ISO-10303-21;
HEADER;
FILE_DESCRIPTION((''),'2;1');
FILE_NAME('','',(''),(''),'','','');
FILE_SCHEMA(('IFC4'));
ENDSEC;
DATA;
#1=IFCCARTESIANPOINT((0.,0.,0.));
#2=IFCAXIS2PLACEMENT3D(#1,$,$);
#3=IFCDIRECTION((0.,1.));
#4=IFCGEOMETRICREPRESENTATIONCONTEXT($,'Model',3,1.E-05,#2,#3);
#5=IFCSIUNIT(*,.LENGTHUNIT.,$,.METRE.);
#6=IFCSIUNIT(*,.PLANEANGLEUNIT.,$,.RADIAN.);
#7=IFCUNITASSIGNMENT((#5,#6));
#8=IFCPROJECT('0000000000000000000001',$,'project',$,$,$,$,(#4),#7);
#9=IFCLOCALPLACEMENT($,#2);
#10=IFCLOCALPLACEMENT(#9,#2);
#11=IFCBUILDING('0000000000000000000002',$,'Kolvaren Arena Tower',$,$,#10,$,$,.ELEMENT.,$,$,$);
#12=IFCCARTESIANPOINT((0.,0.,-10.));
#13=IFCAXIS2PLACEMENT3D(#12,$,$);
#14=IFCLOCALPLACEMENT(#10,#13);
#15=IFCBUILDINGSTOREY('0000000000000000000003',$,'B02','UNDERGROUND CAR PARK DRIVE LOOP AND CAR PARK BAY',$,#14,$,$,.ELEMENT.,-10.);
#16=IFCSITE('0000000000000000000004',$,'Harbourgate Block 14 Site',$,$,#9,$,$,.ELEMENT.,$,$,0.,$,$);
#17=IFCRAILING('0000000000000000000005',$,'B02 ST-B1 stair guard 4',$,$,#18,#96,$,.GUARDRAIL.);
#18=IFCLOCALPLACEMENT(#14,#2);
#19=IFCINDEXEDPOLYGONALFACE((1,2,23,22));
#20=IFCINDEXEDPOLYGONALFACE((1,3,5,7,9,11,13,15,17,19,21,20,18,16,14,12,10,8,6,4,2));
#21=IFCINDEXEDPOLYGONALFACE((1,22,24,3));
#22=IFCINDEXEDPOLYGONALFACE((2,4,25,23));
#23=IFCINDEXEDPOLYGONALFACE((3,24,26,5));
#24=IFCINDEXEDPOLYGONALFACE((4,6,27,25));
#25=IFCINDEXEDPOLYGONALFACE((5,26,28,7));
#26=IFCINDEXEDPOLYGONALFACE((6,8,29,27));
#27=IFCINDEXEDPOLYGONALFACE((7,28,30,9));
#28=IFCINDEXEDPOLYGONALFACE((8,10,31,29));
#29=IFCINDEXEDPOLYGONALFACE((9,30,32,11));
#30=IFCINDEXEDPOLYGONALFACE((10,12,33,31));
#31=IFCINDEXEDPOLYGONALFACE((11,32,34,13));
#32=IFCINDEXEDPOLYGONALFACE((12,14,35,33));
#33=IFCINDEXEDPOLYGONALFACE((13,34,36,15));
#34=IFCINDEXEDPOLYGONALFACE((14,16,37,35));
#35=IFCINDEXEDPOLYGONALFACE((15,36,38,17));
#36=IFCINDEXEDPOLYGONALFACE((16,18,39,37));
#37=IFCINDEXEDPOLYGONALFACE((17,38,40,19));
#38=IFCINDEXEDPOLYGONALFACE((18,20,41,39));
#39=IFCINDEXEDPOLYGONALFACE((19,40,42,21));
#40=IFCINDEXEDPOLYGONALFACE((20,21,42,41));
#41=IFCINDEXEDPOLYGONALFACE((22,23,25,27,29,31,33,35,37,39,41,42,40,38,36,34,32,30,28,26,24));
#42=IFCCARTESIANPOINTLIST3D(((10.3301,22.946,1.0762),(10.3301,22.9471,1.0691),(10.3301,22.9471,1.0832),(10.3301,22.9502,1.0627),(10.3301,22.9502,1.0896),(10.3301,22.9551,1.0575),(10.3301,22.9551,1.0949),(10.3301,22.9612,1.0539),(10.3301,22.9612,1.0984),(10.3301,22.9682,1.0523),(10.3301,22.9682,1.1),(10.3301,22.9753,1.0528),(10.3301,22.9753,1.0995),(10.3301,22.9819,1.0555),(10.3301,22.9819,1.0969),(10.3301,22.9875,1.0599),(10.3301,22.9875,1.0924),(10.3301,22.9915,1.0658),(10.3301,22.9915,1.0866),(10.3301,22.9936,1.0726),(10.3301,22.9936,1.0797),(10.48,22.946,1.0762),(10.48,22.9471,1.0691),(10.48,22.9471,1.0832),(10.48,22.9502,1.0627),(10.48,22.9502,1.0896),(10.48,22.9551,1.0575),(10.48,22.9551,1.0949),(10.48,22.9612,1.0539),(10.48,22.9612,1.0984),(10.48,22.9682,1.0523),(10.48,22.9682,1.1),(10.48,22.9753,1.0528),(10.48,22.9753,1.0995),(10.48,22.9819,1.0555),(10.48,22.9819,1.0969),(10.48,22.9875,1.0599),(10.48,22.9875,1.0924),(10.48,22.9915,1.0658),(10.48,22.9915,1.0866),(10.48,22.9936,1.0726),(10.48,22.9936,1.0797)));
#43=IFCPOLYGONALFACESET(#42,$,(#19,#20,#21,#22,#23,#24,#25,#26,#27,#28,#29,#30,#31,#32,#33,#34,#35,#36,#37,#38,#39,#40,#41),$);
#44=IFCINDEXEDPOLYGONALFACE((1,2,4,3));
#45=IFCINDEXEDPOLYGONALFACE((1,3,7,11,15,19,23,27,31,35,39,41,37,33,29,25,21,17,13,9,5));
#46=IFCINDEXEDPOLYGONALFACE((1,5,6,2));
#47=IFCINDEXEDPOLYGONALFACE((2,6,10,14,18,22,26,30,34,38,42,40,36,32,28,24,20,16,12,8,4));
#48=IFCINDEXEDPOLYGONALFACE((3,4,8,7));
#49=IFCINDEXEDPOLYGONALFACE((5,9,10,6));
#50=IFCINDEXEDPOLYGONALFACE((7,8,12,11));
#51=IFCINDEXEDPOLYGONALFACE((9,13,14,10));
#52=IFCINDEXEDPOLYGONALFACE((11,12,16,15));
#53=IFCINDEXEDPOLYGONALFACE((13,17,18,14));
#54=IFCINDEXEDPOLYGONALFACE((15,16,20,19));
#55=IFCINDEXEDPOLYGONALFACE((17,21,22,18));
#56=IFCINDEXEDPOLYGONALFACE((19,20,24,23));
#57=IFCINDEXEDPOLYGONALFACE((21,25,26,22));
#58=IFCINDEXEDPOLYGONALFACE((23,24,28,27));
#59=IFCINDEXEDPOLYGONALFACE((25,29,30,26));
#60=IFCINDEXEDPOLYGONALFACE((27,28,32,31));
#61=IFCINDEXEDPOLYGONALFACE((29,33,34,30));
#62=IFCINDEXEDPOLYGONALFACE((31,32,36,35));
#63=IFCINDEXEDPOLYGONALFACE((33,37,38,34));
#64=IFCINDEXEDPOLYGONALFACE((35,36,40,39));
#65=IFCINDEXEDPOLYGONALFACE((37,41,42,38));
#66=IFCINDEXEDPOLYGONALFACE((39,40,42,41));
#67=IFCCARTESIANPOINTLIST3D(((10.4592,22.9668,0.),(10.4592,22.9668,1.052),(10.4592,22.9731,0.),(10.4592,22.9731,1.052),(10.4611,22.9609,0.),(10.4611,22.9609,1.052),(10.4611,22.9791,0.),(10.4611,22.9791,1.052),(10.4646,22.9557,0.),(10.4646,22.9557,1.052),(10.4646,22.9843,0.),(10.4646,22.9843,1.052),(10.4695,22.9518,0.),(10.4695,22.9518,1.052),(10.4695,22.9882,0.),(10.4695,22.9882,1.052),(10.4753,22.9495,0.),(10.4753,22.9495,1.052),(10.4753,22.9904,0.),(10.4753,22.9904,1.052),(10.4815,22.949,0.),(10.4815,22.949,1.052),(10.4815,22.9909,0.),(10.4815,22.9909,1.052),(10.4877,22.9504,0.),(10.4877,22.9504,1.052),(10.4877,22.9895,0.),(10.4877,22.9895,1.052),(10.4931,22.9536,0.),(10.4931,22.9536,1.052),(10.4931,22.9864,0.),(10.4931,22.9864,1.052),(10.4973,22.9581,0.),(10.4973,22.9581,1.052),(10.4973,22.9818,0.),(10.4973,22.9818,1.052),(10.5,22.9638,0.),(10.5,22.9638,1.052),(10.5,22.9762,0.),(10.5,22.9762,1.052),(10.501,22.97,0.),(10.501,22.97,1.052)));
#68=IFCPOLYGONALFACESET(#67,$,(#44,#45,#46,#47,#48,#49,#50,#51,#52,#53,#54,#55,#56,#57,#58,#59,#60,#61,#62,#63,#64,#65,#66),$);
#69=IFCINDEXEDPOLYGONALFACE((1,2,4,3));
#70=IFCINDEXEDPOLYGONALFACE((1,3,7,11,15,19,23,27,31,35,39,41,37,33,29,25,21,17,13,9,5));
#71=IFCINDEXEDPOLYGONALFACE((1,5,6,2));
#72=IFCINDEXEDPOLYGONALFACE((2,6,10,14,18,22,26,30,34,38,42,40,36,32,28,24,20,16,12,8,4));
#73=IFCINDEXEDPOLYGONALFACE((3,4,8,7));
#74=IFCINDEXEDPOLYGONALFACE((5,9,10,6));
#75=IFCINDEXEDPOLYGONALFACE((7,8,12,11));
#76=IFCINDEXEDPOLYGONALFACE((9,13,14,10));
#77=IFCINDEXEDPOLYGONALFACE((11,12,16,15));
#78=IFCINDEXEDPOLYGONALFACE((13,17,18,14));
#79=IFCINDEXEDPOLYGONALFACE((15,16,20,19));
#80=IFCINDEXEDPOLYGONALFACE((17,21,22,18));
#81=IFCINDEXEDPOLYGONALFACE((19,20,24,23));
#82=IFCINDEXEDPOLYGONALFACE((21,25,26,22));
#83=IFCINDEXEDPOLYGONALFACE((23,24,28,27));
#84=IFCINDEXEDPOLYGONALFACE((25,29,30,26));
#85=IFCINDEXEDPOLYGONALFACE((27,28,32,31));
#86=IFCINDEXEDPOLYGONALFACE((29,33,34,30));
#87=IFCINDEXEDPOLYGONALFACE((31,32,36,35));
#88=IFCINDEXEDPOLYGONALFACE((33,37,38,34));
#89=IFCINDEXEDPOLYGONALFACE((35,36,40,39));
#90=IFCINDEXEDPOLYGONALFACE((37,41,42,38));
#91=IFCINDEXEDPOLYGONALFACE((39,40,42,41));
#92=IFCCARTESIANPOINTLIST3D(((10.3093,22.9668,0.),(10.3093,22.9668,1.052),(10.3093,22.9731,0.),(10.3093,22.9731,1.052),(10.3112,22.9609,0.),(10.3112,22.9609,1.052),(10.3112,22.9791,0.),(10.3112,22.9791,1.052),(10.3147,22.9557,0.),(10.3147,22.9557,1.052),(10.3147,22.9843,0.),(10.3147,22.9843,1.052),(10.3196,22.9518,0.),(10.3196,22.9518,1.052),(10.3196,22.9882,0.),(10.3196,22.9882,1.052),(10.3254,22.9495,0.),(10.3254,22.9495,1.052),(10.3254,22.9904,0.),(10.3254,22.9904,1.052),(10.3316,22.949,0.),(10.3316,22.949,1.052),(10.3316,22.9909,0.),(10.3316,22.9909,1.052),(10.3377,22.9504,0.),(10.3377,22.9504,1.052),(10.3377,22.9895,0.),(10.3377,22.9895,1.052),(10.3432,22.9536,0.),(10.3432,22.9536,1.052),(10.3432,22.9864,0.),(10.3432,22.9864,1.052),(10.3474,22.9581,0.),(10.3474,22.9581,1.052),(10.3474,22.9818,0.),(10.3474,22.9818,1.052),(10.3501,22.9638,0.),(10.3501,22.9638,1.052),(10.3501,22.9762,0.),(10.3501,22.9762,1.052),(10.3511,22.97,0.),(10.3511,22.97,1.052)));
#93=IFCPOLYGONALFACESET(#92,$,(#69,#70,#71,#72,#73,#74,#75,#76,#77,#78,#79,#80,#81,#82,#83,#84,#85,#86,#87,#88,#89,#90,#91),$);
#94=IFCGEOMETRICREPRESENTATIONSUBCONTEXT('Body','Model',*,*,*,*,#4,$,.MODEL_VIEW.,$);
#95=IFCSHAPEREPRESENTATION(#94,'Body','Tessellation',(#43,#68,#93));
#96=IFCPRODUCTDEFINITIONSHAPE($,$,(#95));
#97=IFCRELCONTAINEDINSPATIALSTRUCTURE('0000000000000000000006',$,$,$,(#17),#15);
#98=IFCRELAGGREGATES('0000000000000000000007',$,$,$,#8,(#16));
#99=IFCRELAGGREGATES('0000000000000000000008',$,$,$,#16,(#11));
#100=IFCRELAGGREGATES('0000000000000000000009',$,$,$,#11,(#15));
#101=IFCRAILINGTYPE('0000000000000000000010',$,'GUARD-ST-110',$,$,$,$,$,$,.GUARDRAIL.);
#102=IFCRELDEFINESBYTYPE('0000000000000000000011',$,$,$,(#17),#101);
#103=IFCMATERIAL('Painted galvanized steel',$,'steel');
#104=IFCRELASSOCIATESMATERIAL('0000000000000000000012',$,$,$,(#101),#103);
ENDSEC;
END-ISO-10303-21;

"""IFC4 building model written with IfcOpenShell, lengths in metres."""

from ifc_helpers import new_model, si_unit, direction, frame, origin, origin_2d, place, context, subcontext, project, spatial, circle, extrude, material, type_object, element, save


model = new_model("IFC4")

# Units and contexts
model_context = context("Model", 3, precision=1e-05, world=origin(), true_north=direction((0.0, 1.0)))
body_context = subcontext(model_context, "Body", "Model", "MODEL_VIEW")
ifc_project = project(units=[si_unit("LENGTHUNIT", "METRE"), si_unit("PLANEANGLEUNIT", "RADIAN")], contexts=[model_context])

# Site, building, storey
site_placement = place(None, origin())
site = spatial("IfcSite", under=ifc_project, at=site_placement, Name="Harbourgate Block 14 Site", CompositionType="ELEMENT", RefElevation=0.0)
building_placement = place(site_placement, origin())
building = spatial("IfcBuilding", under=site, at=building_placement, Name="Kolvaren Arena Tower", CompositionType="ELEMENT")
storey_placement = place(building_placement, frame((0.0, 0.0, -10.0)))
storey = spatial("IfcBuildingStorey", under=building, at=storey_placement, Name="B02", Description="UNDERGROUND CAR PARK DRIVE LOOP AND CAR PARK BAY", CompositionType="ELEMENT", Elevation=-10.0)

# Railing
ifc_material_1 = material(Name="Painted galvanized steel", Category="steel")
railing_type_1 = type_object("IfcRailingType", Name="GUARD-ST-110", PredefinedType="GUARDRAIL", material=ifc_material_1)
railing_1_placement = place(storey_placement, frame((10.48, 22.97, 0.0)))
element("IfcRailing", 1, at=railing_1_placement, inside=storey, type_object=railing_type_1, Name="B02 ST-B1 stair guard 4", PredefinedType="GUARDRAIL", context=body_context, shape_type="SweptSolid", body=[
    extrude(circle(Radius=0.0239, at=origin_2d()), frame((0.0, 0.0, 1.0762), z_axis=(-1.0, 0.0, 0.0), x_axis=(0.0, -1.0, 0.0)), (0.0, 0.0, 1.0), 0.1499),
    extrude(circle(Radius=0.021, at=origin_2d()), origin(), (0.0, 0.0, 1.0), 1.052),
    extrude(circle(Radius=0.021, at=origin_2d()), frame((-0.1499, 0.0, 0.0)), (0.0, 0.0, 1.0), 1.052),
])

save(model, "model.ifc")
